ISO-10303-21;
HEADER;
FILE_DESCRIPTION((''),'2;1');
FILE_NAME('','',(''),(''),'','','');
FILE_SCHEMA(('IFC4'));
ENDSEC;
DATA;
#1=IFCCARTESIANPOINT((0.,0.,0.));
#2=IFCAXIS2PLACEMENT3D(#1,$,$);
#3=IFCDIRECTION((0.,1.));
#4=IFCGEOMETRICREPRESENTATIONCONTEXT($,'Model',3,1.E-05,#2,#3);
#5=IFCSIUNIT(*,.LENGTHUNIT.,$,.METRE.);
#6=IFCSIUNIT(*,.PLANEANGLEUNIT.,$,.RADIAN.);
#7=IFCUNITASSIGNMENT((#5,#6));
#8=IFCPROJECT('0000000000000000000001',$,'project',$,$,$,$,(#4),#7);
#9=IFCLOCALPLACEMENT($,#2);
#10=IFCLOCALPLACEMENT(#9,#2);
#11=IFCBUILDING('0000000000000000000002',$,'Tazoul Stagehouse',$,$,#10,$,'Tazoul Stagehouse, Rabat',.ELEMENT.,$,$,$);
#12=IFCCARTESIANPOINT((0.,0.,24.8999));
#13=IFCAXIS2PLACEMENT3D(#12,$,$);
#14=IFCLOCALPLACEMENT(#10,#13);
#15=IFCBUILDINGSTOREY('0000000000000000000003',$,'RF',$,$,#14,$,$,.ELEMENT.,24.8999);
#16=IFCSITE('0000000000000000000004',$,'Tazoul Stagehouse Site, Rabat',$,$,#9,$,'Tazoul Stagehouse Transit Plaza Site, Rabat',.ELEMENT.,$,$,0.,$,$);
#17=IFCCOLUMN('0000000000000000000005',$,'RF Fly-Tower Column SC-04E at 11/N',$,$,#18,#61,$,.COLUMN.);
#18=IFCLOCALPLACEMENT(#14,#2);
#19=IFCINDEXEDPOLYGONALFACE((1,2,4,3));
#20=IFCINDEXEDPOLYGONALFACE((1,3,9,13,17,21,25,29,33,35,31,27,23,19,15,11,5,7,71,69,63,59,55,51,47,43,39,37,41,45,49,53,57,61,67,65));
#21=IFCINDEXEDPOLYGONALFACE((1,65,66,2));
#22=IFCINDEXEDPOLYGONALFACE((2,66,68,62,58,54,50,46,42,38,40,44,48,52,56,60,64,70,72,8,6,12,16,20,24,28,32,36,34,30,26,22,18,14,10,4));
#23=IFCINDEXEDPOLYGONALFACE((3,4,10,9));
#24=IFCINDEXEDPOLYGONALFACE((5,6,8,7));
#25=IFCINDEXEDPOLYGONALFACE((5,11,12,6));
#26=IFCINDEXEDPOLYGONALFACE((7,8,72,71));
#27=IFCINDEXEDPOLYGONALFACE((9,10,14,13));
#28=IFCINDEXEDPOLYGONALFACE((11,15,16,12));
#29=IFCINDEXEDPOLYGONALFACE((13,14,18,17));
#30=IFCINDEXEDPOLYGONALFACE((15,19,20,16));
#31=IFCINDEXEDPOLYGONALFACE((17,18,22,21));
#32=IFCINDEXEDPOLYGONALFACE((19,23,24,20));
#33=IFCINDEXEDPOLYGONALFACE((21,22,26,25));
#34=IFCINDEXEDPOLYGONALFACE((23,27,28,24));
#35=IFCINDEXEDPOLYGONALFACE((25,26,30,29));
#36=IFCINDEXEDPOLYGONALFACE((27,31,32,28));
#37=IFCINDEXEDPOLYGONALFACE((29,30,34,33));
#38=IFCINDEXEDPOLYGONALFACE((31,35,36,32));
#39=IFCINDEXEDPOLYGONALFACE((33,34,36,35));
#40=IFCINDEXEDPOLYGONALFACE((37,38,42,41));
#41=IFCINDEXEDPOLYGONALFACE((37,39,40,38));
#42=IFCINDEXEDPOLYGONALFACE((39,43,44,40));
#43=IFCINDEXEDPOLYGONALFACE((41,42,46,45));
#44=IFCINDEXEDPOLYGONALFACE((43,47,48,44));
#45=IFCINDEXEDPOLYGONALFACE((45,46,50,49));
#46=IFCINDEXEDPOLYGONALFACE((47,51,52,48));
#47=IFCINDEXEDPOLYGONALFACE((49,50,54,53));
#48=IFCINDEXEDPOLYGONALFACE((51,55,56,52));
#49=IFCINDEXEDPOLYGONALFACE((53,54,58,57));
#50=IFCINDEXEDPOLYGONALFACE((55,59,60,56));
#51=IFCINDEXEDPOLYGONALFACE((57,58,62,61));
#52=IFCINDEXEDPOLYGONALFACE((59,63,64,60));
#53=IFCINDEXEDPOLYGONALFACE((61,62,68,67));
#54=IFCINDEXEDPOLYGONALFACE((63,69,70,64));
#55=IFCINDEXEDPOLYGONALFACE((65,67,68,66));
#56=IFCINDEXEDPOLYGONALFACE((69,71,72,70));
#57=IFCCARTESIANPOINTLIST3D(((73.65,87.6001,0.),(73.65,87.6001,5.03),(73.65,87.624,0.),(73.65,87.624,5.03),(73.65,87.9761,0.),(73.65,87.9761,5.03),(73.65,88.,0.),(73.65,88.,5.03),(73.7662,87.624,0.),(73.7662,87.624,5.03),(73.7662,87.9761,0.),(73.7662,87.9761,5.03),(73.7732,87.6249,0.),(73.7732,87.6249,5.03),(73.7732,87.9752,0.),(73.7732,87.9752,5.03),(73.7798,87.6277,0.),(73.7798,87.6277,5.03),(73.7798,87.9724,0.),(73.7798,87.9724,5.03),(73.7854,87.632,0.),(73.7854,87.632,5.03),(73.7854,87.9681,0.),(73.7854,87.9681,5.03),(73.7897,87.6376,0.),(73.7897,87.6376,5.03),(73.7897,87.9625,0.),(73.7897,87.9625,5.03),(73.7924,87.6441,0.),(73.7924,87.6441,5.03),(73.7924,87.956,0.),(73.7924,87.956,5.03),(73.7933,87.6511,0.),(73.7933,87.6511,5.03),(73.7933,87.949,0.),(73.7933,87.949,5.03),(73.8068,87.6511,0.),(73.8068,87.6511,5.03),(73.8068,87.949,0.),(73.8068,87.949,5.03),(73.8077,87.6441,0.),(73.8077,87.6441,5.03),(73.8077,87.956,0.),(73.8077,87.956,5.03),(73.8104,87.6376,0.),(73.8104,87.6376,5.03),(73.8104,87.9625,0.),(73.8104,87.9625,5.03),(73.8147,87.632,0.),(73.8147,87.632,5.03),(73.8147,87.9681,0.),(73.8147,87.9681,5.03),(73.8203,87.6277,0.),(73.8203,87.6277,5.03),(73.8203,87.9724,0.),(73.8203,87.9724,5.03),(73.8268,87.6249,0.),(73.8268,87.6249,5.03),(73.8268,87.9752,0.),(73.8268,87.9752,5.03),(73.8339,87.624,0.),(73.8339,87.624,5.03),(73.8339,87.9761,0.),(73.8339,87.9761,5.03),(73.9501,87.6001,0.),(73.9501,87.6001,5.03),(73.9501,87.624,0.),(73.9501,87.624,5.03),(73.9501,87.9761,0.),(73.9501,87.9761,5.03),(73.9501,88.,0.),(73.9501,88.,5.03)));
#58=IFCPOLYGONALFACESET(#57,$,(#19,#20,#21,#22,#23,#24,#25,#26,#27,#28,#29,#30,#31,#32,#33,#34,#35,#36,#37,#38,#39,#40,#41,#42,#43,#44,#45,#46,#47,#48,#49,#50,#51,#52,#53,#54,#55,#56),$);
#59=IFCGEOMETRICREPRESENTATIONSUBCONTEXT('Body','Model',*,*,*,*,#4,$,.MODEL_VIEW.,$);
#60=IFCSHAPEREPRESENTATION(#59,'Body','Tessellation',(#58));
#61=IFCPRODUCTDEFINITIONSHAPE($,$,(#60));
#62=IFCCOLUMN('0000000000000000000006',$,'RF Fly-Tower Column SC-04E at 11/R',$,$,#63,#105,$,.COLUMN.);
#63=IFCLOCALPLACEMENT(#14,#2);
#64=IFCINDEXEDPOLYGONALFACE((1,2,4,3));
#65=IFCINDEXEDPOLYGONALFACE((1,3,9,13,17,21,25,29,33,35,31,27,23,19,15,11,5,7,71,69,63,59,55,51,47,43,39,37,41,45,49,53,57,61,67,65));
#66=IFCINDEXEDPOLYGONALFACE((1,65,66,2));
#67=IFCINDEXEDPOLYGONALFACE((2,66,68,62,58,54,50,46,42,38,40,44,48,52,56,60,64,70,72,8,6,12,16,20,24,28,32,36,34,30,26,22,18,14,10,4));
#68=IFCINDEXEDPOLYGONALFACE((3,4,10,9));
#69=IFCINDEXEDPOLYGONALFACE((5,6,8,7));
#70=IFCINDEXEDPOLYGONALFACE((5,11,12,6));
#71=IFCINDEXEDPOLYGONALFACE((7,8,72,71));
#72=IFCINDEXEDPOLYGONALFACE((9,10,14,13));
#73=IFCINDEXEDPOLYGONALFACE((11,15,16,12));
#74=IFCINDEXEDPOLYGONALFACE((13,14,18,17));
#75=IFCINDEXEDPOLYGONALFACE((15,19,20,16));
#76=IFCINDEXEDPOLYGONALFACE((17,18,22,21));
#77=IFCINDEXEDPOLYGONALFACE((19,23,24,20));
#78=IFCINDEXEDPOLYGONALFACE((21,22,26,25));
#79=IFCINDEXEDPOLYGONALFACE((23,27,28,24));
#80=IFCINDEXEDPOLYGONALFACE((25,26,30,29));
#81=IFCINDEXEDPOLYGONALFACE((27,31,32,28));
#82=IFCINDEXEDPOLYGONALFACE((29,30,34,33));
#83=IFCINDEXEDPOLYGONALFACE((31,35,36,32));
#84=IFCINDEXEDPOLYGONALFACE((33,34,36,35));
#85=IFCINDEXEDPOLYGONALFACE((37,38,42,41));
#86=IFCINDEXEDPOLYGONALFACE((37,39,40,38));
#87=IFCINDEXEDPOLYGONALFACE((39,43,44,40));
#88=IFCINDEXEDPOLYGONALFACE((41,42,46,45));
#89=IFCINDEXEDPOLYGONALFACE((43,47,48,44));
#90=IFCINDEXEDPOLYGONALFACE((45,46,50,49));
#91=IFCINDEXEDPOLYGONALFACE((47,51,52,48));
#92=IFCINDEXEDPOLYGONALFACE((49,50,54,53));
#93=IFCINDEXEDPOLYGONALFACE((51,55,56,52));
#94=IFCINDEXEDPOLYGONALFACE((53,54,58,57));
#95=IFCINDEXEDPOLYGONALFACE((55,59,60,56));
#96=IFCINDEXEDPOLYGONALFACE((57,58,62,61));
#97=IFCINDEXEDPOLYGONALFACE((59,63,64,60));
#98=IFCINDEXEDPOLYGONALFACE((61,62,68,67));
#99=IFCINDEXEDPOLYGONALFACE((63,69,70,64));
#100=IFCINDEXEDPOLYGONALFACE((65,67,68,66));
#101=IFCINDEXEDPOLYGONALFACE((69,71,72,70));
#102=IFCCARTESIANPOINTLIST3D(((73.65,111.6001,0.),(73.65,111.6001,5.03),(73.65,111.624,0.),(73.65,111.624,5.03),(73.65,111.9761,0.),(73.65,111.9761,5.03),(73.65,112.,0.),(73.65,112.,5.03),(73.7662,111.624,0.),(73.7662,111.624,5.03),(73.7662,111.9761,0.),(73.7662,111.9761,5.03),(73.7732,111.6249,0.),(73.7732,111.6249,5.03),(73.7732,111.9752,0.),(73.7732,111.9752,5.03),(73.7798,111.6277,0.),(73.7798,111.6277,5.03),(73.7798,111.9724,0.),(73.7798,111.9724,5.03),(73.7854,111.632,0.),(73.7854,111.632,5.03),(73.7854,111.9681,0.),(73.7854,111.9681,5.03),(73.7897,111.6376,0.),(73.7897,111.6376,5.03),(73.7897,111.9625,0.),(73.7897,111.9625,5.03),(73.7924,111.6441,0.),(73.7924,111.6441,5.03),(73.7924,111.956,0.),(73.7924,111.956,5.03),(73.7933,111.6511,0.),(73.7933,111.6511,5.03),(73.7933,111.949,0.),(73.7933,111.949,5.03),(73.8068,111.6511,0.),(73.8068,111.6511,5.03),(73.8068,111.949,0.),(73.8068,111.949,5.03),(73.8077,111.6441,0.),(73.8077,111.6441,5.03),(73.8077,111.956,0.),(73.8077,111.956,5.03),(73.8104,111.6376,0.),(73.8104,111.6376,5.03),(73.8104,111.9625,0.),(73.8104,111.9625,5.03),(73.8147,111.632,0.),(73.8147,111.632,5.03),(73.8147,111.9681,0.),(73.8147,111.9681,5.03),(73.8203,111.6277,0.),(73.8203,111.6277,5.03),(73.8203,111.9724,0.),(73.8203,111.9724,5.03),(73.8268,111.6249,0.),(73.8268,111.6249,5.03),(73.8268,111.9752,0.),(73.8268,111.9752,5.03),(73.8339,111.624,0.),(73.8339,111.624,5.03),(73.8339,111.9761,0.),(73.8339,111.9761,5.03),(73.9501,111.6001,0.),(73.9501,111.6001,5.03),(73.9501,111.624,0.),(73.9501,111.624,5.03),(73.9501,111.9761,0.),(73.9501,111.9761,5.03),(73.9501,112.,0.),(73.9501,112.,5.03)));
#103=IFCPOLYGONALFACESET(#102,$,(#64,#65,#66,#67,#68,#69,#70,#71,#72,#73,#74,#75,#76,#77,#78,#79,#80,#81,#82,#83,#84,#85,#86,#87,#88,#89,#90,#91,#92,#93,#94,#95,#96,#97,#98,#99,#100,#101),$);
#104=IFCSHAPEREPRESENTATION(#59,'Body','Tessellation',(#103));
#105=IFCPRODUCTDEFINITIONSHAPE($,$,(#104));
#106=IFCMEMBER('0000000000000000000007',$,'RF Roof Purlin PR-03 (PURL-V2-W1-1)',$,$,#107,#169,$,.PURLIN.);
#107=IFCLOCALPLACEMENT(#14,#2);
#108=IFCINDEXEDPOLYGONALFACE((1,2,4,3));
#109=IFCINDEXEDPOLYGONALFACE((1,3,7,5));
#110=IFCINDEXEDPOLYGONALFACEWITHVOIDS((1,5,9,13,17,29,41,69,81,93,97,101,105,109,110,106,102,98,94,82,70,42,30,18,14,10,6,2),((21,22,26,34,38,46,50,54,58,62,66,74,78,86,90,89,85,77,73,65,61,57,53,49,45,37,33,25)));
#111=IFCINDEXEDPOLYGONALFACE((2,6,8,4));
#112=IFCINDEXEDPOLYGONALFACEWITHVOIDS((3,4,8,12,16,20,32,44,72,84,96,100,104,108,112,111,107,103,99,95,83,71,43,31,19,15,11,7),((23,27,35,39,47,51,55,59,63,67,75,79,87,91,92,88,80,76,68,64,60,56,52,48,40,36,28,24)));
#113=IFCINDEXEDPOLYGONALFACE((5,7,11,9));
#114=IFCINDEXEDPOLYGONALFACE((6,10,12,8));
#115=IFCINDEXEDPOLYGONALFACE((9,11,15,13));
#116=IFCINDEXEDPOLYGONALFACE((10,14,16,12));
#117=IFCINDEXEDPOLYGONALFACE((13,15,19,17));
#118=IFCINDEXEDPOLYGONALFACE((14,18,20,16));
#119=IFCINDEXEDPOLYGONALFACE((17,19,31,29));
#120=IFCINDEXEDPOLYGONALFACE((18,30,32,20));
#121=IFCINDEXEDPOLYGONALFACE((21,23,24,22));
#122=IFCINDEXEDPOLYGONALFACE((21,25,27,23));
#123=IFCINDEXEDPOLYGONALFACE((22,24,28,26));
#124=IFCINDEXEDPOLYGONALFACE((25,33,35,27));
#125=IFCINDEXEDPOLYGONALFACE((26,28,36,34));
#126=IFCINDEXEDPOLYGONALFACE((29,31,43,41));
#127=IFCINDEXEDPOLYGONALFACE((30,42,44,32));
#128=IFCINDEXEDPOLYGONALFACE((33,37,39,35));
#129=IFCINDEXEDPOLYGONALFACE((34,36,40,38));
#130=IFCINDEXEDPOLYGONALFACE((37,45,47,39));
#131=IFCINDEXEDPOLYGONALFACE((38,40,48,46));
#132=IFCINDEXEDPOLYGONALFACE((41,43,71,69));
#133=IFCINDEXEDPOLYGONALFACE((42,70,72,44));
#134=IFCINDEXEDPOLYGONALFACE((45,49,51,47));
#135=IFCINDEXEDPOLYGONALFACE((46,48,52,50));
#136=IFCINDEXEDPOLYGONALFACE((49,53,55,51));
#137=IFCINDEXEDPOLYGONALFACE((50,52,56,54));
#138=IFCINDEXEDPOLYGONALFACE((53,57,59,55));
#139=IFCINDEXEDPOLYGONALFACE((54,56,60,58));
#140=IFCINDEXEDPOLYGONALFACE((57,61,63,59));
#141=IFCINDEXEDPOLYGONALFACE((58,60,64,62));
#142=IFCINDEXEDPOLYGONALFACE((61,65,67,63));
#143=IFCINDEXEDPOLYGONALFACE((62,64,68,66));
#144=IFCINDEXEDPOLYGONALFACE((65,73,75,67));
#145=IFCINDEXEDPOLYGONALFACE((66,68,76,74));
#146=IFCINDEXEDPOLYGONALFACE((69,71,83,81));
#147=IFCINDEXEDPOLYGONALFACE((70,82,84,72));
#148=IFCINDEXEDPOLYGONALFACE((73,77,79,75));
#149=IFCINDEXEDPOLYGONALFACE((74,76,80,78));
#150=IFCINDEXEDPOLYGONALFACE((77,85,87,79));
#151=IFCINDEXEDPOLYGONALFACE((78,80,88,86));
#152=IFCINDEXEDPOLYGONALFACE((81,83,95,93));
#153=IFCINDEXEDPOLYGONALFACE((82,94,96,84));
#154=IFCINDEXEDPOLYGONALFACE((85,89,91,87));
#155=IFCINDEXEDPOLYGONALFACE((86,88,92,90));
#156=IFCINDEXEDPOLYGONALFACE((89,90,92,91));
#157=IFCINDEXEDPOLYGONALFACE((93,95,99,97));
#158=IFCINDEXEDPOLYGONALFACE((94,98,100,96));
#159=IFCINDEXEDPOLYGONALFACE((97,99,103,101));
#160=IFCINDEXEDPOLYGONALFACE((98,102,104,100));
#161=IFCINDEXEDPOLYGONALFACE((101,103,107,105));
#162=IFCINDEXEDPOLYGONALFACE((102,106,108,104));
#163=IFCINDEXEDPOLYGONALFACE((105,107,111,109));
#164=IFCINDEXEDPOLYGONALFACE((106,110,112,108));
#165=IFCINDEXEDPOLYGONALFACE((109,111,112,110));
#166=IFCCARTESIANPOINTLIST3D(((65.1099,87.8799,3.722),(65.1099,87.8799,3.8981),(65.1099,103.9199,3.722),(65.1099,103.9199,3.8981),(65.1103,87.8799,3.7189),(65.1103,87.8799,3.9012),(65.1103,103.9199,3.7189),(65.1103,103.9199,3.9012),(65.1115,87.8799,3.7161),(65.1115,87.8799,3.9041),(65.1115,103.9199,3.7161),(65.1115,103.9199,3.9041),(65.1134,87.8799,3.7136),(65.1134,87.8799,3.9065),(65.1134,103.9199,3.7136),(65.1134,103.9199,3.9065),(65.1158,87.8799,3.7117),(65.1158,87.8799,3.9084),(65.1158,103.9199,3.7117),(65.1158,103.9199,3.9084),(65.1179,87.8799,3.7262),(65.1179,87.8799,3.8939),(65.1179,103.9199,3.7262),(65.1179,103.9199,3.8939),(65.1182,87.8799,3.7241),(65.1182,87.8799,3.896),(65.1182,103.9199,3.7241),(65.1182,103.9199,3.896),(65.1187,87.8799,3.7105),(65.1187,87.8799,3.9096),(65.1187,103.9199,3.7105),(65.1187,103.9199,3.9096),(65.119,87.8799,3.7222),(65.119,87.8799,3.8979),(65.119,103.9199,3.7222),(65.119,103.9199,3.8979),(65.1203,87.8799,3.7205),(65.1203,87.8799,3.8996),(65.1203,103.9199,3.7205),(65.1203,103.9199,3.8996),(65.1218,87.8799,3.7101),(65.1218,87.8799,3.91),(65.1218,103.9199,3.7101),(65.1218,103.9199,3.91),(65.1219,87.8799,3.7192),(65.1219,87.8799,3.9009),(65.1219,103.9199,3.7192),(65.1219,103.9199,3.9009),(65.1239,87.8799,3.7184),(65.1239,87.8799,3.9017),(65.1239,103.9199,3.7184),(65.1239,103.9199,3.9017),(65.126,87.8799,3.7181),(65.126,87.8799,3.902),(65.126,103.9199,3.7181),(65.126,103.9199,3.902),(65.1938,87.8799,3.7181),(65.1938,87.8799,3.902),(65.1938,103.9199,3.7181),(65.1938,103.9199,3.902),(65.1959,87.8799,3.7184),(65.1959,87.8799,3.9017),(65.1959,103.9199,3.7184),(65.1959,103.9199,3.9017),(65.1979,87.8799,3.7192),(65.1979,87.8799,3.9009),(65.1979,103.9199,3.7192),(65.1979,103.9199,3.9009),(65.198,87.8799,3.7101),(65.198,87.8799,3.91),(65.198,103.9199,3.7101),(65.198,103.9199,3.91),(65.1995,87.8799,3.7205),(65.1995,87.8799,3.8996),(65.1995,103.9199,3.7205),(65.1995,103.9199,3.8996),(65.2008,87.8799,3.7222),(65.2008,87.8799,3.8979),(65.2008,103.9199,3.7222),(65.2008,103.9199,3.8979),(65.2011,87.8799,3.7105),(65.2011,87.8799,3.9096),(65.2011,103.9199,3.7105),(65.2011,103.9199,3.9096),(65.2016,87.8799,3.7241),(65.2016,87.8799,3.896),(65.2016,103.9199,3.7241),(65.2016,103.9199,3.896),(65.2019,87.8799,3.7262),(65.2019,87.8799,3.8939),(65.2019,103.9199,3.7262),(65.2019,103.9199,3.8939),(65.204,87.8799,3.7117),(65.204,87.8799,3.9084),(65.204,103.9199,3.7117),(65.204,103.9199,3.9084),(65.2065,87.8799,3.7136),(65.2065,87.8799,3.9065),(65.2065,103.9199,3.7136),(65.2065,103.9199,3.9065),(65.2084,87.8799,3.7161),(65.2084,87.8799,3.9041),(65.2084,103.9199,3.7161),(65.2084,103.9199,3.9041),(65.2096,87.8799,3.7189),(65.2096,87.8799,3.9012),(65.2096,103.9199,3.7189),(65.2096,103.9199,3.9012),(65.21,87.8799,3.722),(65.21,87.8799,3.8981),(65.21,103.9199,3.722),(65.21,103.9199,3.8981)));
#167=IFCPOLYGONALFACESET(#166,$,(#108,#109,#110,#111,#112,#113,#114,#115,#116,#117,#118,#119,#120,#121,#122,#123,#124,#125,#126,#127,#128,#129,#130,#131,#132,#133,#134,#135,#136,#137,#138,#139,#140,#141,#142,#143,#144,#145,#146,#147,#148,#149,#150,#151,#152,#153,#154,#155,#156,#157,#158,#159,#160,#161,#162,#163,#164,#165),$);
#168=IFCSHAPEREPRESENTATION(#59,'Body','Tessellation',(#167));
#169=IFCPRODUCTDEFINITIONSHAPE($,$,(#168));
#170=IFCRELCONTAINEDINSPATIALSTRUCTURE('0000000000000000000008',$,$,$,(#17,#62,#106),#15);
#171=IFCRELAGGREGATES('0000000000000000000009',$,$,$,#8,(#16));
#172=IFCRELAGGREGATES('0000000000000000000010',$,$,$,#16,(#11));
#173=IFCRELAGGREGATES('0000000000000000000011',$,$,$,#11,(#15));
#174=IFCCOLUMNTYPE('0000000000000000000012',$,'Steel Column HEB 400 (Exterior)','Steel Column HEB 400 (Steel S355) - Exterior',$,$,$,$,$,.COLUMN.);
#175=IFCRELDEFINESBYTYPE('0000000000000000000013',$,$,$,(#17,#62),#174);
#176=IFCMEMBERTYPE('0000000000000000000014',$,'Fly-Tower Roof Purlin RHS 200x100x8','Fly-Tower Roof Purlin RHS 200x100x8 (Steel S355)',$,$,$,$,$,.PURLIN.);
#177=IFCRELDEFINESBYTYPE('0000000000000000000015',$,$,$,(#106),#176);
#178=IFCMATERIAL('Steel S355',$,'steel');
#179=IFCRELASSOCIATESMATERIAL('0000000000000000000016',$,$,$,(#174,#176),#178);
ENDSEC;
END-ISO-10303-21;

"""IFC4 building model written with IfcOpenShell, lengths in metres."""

from ifc_helpers import new_model, si_unit, direction, frame, origin, origin_2d, place, context, subcontext, project, spatial, hollow_rectangle, i_section, extrude, material, material_profile, profile_set, type_object, element, save


model = new_model("IFC4")

# Units and contexts
model_context = context("Model", 3, precision=1e-05, world=origin(), true_north=direction((0.0, 1.0)))
body_context = subcontext(model_context, "Body", "Model", "MODEL_VIEW")
ifc_project = project(units=[si_unit("LENGTHUNIT", "METRE"), si_unit("PLANEANGLEUNIT", "RADIAN")], contexts=[model_context])

# Site, building, storey
site_placement = place(None, origin())
site = spatial("IfcSite", under=ifc_project, at=site_placement, Name="Tazoul Stagehouse Site, Rabat", LongName="Tazoul Stagehouse Transit Plaza Site, Rabat", CompositionType="ELEMENT", RefElevation=0.0)
building_placement = place(site_placement, origin())
building = spatial("IfcBuilding", under=site, at=building_placement, Name="Tazoul Stagehouse", LongName="Tazoul Stagehouse, Rabat", CompositionType="ELEMENT")
storey_placement = place(building_placement, frame((0.0, 0.0, 24.8999)))
storey = spatial("IfcBuildingStorey", under=building, at=storey_placement, Name="RF", CompositionType="ELEMENT", Elevation=24.8999)

# Columns
ifc_material_1 = material(Name="Steel S355", Category="steel")
ifc_material_profile_1 = material_profile(ifc_material_1, i_section(OverallWidth=0.3, OverallDepth=0.3999, WebThickness=0.0134, FlangeThickness=0.0239, FilletRadius=0.0271, at=origin_2d()), Name="HEB 400")
ifc_profile_set_1 = profile_set([ifc_material_profile_1], Name="Steel S355")
column_type_1 = type_object("IfcColumnType", Name="Steel Column HEB 400 (Exterior)", Description="Steel Column HEB 400 (Steel S355) - Exterior", PredefinedType="COLUMN", material=ifc_profile_set_1)
for number, where, z_axis, x_axis, name in (
    (1, (73.8, 87.8, 0.0), (0.0, 0.0, 1.0), (1.0, 0.0, 0.0), "RF Fly-Tower Column SC-04E at 11/N"),
    (2, (73.8, 111.8, 0.0), (0.0, 0.0, 1.0), (1.0, 0.0, 0.0), "RF Fly-Tower Column SC-04E at 11/R"),
):
    element("IfcColumn", number, at=place(storey_placement, frame(where, z_axis=z_axis, x_axis=x_axis)), inside=storey, type_object=column_type_1, Name=name, PredefinedType="COLUMN", context=body_context, shape_type="SweptSolid", body=[
        extrude(i_section(OverallWidth=0.3, OverallDepth=0.3999, WebThickness=0.0134, FlangeThickness=0.0239, FilletRadius=0.0271, at=origin_2d()), origin(), (0.0, 0.0, 1.0), 5.03),
    ])

# Member
ifc_material_profile_2 = material_profile(ifc_material_1, hollow_rectangle(XDim=0.1001, YDim=0.2, WallThickness=0.0081, InnerFilletRadius=0.0081, OuterFilletRadius=0.012, at=origin_2d()), Name="RHS 200x100x8")
ifc_profile_set_2 = profile_set([ifc_material_profile_2], Name="Steel S355")
member_type_1 = type_object("IfcMemberType", Name="Fly-Tower Roof Purlin RHS 200x100x8", Description="Fly-Tower Roof Purlin RHS 200x100x8 (Steel S355)", PredefinedType="PURLIN", material=ifc_profile_set_2)
for number, where, z_axis, x_axis, name in (
    (3, (65.1599, 87.8799, 3.8101), (0.0, 1.0, 0.0), (-1.0, 0.0, 0.0), "RF Roof Purlin PR-03 (PURL-V2-W1-1)"),
):
    element("IfcMember", number, at=place(storey_placement, frame(where, z_axis=z_axis, x_axis=x_axis)), inside=storey, type_object=member_type_1, Name=name, PredefinedType="PURLIN", context=body_context, shape_type="SweptSolid", body=[
        extrude(hollow_rectangle(XDim=0.1001, YDim=0.2, WallThickness=0.0081, InnerFilletRadius=0.0081, OuterFilletRadius=0.012, at=origin_2d()), origin(), (0.0, 0.0, 1.0), 16.04),
    ])

save(model, "model.ifc")
